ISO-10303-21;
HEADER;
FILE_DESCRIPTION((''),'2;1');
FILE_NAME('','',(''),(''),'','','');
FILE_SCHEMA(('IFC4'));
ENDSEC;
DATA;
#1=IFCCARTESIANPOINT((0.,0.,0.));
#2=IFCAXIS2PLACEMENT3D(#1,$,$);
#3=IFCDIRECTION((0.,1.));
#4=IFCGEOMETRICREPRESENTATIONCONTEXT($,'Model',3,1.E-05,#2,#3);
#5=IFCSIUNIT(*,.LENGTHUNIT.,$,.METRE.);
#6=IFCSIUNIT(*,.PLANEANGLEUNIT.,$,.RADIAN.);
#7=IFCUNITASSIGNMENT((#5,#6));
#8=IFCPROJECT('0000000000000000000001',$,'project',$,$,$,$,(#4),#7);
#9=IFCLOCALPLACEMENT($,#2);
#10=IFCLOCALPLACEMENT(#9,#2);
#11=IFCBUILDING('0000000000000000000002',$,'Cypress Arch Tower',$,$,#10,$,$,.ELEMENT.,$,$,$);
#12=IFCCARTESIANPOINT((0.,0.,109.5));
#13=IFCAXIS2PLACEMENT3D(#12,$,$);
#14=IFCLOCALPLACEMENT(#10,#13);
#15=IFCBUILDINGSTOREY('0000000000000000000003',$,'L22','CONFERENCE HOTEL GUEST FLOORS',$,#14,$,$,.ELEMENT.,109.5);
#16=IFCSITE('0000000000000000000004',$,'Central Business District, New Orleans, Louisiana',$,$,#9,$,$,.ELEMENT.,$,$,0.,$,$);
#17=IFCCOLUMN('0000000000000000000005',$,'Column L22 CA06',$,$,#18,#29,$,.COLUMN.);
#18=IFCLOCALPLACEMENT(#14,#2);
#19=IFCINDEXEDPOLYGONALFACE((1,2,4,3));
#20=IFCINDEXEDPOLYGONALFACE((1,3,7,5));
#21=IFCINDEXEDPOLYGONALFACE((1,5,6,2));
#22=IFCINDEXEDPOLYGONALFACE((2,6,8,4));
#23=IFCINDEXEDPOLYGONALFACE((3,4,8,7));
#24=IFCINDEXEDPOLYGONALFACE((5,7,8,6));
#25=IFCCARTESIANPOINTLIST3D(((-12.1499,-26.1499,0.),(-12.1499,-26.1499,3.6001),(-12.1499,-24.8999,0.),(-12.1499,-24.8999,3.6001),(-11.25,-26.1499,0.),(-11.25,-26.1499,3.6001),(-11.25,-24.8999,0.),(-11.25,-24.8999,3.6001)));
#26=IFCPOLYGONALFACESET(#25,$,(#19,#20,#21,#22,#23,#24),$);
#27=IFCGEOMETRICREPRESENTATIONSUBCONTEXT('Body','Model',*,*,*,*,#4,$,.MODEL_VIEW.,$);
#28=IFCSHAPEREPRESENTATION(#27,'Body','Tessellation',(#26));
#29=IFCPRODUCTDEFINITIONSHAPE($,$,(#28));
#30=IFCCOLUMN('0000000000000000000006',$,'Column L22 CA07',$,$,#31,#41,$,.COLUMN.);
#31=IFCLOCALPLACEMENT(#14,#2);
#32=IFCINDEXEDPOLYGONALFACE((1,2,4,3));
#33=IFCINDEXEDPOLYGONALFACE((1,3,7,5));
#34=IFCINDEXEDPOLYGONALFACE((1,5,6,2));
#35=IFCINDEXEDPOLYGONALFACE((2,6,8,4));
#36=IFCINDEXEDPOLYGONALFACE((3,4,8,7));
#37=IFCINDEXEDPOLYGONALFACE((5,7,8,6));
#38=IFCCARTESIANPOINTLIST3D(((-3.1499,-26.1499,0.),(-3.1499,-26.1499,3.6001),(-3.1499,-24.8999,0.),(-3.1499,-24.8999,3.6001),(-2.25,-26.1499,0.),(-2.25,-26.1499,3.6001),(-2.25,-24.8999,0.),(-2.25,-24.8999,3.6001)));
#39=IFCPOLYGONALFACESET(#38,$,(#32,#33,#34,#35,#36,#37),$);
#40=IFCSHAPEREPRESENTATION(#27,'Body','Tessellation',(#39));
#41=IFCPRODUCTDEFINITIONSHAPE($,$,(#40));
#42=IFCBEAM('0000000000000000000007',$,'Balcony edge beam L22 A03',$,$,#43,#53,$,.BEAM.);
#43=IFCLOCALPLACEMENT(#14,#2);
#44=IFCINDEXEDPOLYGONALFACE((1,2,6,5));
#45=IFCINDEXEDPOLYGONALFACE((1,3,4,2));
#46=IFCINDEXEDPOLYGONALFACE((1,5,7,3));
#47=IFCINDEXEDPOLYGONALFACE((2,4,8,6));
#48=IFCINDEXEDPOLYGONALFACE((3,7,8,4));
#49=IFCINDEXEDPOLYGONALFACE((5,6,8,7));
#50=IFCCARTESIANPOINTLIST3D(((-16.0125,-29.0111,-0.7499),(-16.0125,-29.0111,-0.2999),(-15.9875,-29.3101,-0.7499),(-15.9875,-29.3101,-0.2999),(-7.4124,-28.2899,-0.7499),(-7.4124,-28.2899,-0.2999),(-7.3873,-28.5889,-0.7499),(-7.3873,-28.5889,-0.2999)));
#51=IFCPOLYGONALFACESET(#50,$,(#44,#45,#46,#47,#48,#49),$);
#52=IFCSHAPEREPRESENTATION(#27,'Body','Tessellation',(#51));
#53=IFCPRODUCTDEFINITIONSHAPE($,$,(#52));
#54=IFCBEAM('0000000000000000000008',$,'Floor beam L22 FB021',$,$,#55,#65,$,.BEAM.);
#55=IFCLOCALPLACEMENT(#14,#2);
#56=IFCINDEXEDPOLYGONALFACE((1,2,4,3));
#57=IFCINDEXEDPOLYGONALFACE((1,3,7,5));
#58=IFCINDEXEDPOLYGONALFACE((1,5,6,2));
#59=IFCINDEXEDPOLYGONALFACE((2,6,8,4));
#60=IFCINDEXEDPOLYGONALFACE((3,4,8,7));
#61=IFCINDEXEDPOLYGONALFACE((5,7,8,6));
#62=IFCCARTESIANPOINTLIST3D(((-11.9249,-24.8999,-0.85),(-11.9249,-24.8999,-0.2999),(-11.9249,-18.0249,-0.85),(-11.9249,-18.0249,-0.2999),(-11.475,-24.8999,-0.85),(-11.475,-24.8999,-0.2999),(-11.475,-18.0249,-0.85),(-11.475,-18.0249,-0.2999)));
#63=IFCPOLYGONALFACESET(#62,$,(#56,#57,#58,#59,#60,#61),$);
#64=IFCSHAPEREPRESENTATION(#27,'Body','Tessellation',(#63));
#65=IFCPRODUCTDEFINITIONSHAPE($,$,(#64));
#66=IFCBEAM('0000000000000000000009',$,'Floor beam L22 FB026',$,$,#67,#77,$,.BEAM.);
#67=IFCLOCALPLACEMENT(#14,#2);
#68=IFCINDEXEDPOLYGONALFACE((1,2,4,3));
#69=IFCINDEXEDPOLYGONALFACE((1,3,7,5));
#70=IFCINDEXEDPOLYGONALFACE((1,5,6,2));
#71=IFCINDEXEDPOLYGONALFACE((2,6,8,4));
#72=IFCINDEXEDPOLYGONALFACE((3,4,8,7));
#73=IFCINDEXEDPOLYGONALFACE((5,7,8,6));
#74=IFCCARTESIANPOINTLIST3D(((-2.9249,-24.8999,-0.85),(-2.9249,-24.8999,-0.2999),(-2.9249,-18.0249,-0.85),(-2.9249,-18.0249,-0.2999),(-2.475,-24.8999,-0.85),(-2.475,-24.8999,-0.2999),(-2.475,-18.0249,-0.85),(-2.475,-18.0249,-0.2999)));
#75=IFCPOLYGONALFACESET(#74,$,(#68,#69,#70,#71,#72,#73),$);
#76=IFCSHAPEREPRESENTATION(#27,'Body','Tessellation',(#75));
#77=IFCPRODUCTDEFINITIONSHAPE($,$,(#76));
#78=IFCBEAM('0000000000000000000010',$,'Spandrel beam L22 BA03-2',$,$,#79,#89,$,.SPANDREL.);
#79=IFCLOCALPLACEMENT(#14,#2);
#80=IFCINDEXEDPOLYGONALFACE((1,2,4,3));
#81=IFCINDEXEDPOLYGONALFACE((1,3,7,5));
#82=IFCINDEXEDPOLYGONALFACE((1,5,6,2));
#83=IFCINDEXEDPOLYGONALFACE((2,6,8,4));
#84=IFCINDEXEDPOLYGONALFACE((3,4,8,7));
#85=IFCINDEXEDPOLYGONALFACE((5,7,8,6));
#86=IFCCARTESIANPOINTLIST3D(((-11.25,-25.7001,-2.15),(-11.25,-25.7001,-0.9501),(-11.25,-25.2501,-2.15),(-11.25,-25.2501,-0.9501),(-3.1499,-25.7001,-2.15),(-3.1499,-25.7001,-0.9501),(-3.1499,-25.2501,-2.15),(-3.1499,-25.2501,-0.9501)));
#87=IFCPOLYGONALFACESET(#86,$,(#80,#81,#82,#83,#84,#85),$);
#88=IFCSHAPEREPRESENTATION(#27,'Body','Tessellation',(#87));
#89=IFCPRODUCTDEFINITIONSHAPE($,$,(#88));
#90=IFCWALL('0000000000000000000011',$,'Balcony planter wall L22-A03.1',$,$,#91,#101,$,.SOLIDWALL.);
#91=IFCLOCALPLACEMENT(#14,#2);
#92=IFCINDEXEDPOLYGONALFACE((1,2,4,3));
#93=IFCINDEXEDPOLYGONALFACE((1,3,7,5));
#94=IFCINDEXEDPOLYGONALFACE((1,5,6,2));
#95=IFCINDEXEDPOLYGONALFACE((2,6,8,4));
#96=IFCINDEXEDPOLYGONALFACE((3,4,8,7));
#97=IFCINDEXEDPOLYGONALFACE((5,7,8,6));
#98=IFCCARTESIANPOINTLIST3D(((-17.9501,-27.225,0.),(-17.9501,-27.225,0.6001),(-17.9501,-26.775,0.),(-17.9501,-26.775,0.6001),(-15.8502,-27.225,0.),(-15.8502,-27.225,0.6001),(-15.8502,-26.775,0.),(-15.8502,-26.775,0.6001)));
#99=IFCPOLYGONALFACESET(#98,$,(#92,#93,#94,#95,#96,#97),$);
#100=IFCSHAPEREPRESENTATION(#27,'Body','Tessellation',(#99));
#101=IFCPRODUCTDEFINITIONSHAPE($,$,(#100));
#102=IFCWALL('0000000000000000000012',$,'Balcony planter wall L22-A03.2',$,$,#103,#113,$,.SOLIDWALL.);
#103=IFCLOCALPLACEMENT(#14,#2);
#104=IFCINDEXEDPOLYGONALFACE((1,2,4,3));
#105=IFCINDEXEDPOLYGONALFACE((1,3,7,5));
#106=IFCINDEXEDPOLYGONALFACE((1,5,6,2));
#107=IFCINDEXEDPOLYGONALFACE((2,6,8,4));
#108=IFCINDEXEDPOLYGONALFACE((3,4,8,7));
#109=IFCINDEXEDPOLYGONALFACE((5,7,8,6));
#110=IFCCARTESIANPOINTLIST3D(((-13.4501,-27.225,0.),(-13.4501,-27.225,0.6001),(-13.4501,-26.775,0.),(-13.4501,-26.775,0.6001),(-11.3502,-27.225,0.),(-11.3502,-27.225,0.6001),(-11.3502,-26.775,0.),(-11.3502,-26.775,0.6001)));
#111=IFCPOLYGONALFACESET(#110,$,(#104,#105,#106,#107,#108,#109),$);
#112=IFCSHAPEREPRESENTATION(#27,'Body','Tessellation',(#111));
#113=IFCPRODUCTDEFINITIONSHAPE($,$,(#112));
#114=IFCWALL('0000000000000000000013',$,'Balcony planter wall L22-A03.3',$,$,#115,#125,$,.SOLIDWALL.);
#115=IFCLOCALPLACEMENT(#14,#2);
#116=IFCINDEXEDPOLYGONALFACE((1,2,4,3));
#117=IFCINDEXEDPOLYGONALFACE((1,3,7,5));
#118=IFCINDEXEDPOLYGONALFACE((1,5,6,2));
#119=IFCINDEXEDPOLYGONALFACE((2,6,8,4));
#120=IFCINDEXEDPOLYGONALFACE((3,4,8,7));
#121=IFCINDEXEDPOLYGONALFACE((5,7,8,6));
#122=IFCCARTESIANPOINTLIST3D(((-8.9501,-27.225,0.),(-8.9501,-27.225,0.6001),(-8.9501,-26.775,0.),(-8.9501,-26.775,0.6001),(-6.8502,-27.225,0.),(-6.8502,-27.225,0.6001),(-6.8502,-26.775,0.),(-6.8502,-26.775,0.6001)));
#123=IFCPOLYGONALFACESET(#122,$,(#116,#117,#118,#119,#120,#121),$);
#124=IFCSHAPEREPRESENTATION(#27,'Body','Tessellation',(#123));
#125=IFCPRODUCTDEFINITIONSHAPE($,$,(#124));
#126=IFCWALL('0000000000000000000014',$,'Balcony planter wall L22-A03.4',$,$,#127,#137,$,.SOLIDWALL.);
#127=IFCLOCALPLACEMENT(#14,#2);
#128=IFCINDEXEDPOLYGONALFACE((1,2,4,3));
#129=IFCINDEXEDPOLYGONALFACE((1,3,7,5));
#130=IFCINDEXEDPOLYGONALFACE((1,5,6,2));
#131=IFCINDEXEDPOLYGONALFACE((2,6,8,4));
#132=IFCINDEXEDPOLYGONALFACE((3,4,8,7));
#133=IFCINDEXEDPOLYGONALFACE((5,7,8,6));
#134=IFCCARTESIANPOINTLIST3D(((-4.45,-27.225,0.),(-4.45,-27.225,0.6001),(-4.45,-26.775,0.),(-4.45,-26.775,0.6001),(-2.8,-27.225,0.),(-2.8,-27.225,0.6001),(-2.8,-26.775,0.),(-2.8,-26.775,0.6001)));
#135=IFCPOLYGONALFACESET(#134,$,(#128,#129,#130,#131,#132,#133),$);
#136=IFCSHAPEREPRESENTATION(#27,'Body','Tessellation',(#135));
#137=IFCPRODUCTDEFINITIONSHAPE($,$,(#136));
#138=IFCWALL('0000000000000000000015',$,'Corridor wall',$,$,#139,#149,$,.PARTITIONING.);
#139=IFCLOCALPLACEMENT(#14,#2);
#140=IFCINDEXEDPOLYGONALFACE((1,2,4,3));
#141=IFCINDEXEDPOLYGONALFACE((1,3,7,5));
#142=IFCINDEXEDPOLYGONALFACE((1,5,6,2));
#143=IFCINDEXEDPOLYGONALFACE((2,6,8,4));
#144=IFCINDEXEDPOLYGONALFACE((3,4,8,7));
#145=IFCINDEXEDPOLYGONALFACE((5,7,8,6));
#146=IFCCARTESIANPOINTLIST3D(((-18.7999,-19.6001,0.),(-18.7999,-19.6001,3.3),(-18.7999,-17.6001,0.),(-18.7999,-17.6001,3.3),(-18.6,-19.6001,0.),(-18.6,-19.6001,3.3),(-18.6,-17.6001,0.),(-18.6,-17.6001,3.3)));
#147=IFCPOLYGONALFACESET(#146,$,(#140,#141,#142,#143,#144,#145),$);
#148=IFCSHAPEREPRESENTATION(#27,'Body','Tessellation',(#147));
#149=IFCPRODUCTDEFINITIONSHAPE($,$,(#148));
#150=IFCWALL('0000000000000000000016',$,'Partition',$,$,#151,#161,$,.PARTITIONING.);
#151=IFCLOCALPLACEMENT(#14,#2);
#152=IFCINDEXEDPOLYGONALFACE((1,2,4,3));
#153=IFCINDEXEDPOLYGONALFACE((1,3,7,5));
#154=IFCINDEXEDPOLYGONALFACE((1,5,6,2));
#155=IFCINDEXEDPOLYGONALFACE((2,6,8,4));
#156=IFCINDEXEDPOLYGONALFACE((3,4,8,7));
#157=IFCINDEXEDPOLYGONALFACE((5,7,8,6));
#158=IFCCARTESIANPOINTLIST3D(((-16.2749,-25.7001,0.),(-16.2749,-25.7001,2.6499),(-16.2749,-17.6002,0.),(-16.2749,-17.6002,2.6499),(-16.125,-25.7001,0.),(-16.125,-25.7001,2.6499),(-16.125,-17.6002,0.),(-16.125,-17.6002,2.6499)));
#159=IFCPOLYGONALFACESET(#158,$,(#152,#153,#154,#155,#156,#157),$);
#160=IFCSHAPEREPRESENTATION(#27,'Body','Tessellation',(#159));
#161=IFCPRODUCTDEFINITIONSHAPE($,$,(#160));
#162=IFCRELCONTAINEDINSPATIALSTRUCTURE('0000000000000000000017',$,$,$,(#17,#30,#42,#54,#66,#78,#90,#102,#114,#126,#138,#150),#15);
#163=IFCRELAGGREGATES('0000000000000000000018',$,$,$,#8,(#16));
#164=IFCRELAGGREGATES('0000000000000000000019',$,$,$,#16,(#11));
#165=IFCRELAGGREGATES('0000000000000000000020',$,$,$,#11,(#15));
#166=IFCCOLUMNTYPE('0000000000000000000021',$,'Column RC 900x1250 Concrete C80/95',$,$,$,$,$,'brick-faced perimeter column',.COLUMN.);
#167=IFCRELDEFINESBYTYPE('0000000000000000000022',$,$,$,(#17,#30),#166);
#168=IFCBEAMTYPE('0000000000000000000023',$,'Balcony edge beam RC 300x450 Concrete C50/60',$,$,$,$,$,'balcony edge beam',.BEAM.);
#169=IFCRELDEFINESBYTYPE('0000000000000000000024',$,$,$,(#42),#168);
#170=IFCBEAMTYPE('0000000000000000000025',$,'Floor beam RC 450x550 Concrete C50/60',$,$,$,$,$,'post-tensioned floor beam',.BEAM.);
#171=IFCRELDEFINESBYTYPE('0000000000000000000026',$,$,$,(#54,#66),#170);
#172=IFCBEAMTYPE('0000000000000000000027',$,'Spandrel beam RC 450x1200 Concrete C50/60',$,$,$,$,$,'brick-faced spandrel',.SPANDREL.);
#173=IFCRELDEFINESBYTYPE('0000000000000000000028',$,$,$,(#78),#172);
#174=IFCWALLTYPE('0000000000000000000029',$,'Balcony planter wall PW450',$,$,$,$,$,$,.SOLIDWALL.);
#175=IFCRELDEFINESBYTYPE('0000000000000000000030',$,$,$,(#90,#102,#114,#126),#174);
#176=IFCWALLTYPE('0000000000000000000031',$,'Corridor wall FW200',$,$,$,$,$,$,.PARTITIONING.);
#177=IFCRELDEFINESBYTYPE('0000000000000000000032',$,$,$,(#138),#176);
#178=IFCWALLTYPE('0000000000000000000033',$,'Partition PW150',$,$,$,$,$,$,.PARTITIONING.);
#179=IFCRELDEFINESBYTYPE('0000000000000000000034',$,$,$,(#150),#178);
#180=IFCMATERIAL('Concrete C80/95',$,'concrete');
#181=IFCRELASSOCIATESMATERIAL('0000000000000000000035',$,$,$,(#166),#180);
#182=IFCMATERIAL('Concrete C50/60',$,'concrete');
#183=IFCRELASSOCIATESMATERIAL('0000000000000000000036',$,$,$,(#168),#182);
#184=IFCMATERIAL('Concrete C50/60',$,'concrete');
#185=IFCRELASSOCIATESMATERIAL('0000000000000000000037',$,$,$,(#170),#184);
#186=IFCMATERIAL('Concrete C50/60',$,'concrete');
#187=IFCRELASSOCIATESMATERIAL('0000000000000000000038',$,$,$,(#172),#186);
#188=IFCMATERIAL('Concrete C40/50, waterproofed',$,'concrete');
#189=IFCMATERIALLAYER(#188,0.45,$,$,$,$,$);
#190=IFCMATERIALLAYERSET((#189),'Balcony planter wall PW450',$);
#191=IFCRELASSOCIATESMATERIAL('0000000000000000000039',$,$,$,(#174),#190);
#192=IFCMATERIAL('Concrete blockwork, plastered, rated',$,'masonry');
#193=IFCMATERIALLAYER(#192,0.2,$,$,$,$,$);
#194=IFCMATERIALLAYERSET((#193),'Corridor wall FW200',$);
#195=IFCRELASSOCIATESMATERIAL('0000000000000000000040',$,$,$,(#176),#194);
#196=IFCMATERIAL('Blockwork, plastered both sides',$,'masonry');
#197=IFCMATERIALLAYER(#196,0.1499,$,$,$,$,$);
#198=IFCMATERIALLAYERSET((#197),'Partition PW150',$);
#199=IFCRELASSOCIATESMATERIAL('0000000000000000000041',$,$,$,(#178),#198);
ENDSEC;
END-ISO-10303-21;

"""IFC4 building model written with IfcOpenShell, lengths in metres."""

from ifc_helpers import new_model, si_unit, direction, frame, frame_2d, origin, origin_2d, place, context, subcontext, project, spatial, rectangle, extrude, material, layer, layer_set, material_profile, profile_set, type_object, element, save


model = new_model("IFC4")

# Units and contexts
model_context = context("Model", 3, precision=1e-05, world=origin(), true_north=direction((0.0, 1.0)))
body_context = subcontext(model_context, "Body", "Model", "MODEL_VIEW")
ifc_project = project(units=[si_unit("LENGTHUNIT", "METRE"), si_unit("PLANEANGLEUNIT", "RADIAN")], contexts=[model_context])

# Site, building, storey
site_placement = place(None, origin())
site = spatial("IfcSite", under=ifc_project, at=site_placement, Name="Central Business District, New Orleans, Louisiana", CompositionType="ELEMENT", RefElevation=0.0)
building_placement = place(site_placement, origin())
building = spatial("IfcBuilding", under=site, at=building_placement, Name="Cypress Arch Tower", CompositionType="ELEMENT")
storey_placement = place(building_placement, frame((0.0, 0.0, 109.5)))
storey = spatial("IfcBuildingStorey", under=building, at=storey_placement, Name="L22", Description="CONFERENCE HOTEL GUEST FLOORS", CompositionType="ELEMENT", Elevation=109.5)

# Columns
ifc_material_1 = material(Name="Concrete C80/95", Category="concrete")
ifc_material_profile_1 = material_profile(ifc_material_1, rectangle(XDim=0.8999, YDim=1.25, at=origin_2d()), Name="RC 900x1250")
ifc_profile_set_1 = profile_set([ifc_material_profile_1], Name="Concrete C80/95")
column_type = type_object("IfcColumnType", Name="Column RC 900x1250 Concrete C80/95", ElementType="brick-faced perimeter column", PredefinedType="COLUMN", material=ifc_profile_set_1)
for number, where, z_axis, x_axis, name in (
    (1, (-11.7, -25.5249, 0.0), (0.0, 0.0, 1.0), (1.0, 0.0, 0.0), "Column L22 CA06"),
    (2, (-2.7, -25.5249, 0.0), (0.0, 0.0, 1.0), (1.0, 0.0, 0.0), "Column L22 CA07"),
):
    element("IfcColumn", number, at=place(storey_placement, frame(where, z_axis=z_axis, x_axis=x_axis)), inside=storey, type_object=column_type, Name=name, PredefinedType="COLUMN", context=body_context, shape_type="SweptSolid", body=[
        extrude(rectangle(XDim=0.8999, YDim=1.25, at=origin_2d()), origin(), (0.0, 0.0, 1.0), 3.6001),
    ])

# Beams
ifc_material_2 = material(Name="Concrete C50/60", Category="concrete")
ifc_material_profile_2 = material_profile(ifc_material_2, rectangle(XDim=0.3, YDim=0.45, at=origin_2d()), Name="RC 300x450")
ifc_profile_set_2 = profile_set([ifc_material_profile_2], Name="Concrete C50/60")
beam_type_1 = type_object("IfcBeamType", Name="Balcony edge beam RC 300x450 Concrete C50/60", ElementType="balcony edge beam", PredefinedType="BEAM", material=ifc_profile_set_2)
beam_1_placement = place(storey_placement, frame((-16.0, -29.1606, -0.5249), z_axis=(0.996502, 0.083565, 0.0), x_axis=(-0.083565, 0.996502, 0.0)))
element("IfcBeam", 3, at=beam_1_placement, inside=storey, type_object=beam_type_1, Name="Balcony edge beam L22 A03", PredefinedType="BEAM", context=body_context, shape_type="SweptSolid", body=[
    extrude(rectangle(XDim=0.3, YDim=0.45, at=origin_2d()), origin(), (0.0, 0.0, 1.0), 8.6304),
])
ifc_material_3 = material(Name="Concrete C50/60", Category="concrete")
ifc_material_profile_3 = material_profile(ifc_material_3, rectangle(XDim=0.45, YDim=0.55, at=origin_2d()), Name="RC 450x550")
ifc_profile_set_3 = profile_set([ifc_material_profile_3], Name="Concrete C50/60")
beam_type_2 = type_object("IfcBeamType", Name="Floor beam RC 450x550 Concrete C50/60", ElementType="post-tensioned floor beam", PredefinedType="BEAM", material=ifc_profile_set_3)
for number, where, z_axis, x_axis, name in (
    (4, (-11.7, -24.8999, -0.575), (0.0, 1.0, 0.0), (-1.0, 0.0, 0.0), "Floor beam L22 FB021"),
    (5, (-2.7, -24.8999, -0.575), (0.0, 1.0, 0.0), (-1.0, 0.0, 0.0), "Floor beam L22 FB026"),
):
    element("IfcBeam", number, at=place(storey_placement, frame(where, z_axis=z_axis, x_axis=x_axis)), inside=storey, type_object=beam_type_2, Name=name, PredefinedType="BEAM", context=body_context, shape_type="SweptSolid", body=[
        extrude(rectangle(XDim=0.45, YDim=0.55, at=origin_2d()), origin(), (0.0, 0.0, 1.0), 6.875),
    ])
ifc_material_4 = material(Name="Concrete C50/60", Category="concrete")
ifc_material_profile_4 = material_profile(ifc_material_4, rectangle(XDim=0.45, YDim=1.2, at=origin_2d()), Name="RC 450x1200")
ifc_profile_set_4 = profile_set([ifc_material_profile_4], Name="Concrete C50/60")
beam_type_3 = type_object("IfcBeamType", Name="Spandrel beam RC 450x1200 Concrete C50/60", ElementType="brick-faced spandrel", PredefinedType="SPANDREL", material=ifc_profile_set_4)
beam_2_placement = place(storey_placement, frame((-11.25, -25.4751, -1.55), z_axis=(1.0, 0.0, 0.0), x_axis=(0.0, 1.0, 0.0)))
element("IfcBeam", 6, at=beam_2_placement, inside=storey, type_object=beam_type_3, Name="Spandrel beam L22 BA03-2", PredefinedType="SPANDREL", context=body_context, shape_type="SweptSolid", body=[
    extrude(rectangle(XDim=0.45, YDim=1.2, at=origin_2d()), origin(), (0.0, 0.0, 1.0), 8.1001),
])

# Walls
ifc_material_5 = material(Name="Concrete C40/50, waterproofed", Category="concrete")
ifc_layer_1 = layer(ifc_material_5, 0.45)
ifc_layer_set_1 = layer_set([ifc_layer_1], Name="Balcony planter wall PW450")
wall_type_1 = type_object("IfcWallType", Name="Balcony planter wall PW450", PredefinedType="SOLIDWALL", material=ifc_layer_set_1)
for number, where, z_axis, x_axis, name in (
    (7, (-17.95, -27.0, 0.0), (0.0, 0.0, 1.0), (1.0, 0.0, 0.0), "Balcony planter wall L22-A03.1"),
    (8, (-13.45, -27.0, 0.0), (0.0, 0.0, 1.0), (1.0, 0.0, 0.0), "Balcony planter wall L22-A03.2"),
    (9, (-8.95, -27.0, 0.0), (0.0, 0.0, 1.0), (1.0, 0.0, 0.0), "Balcony planter wall L22-A03.3"),
):
    element("IfcWall", number, at=place(storey_placement, frame(where, z_axis=z_axis, x_axis=x_axis)), inside=storey, type_object=wall_type_1, Name=name, PredefinedType="SOLIDWALL", context=body_context, shape_type="SweptSolid", body=[
        extrude(rectangle(XDim=2.0999, YDim=0.45, at=frame_2d((1.0498, 0.0))), origin(), (0.0, 0.0, 1.0), 0.6001),
    ])
wall_1_placement = place(storey_placement, frame((-4.45, -27.0, 0.0), z_axis=(0.0, 0.0, 1.0), x_axis=(1.0, 0.0, 0.0)))
element("IfcWall", 10, at=wall_1_placement, inside=storey, type_object=wall_type_1, Name="Balcony planter wall L22-A03.4", PredefinedType="SOLIDWALL", context=body_context, shape_type="SweptSolid", body=[
    extrude(rectangle(XDim=1.6499, YDim=0.45, at=frame_2d((0.825, 0.0))), origin(), (0.0, 0.0, 1.0), 0.6001),
])

# Walls
ifc_material_6 = material(Name="Concrete blockwork, plastered, rated", Category="masonry")
ifc_layer_2 = layer(ifc_material_6, 0.2)
ifc_layer_set_2 = layer_set([ifc_layer_2], Name="Corridor wall FW200")
wall_type_2 = type_object("IfcWallType", Name="Corridor wall FW200", PredefinedType="PARTITIONING", material=ifc_layer_set_2)
wall_2_placement = place(storey_placement, frame((-18.7, -19.6001, 0.0), z_axis=(0.0, 0.0, 1.0), x_axis=(0.0, 1.0, 0.0)))
element("IfcWall", 11, at=wall_2_placement, inside=storey, type_object=wall_type_2, Name="Corridor wall", PredefinedType="PARTITIONING", context=body_context, shape_type="SweptSolid", body=[
    extrude(rectangle(XDim=2.0, YDim=0.2, at=frame_2d((1.0, 0.0))), origin(), (0.0, 0.0, 1.0), 3.3),
])
ifc_material_7 = material(Name="Blockwork, plastered both sides", Category="masonry")
ifc_layer_3 = layer(ifc_material_7, 0.1499)
ifc_layer_set_3 = layer_set([ifc_layer_3], Name="Partition PW150")
wall_type_3 = type_object("IfcWallType", Name="Partition PW150", PredefinedType="PARTITIONING", material=ifc_layer_set_3)
wall_3_placement = place(storey_placement, frame((-16.2, -25.7, 0.0), z_axis=(0.0, 0.0, 1.0), x_axis=(0.0, 1.0, 0.0)))
element("IfcWall", 12, at=wall_3_placement, inside=storey, type_object=wall_type_3, Name="Partition", PredefinedType="PARTITIONING", context=body_context, shape_type="SweptSolid", body=[
    extrude(rectangle(XDim=8.0999, YDim=0.1499, at=frame_2d((4.0498, 0.0))), origin(), (0.0, 0.0, 1.0), 2.6499),
])

save(model, "model.ifc")
